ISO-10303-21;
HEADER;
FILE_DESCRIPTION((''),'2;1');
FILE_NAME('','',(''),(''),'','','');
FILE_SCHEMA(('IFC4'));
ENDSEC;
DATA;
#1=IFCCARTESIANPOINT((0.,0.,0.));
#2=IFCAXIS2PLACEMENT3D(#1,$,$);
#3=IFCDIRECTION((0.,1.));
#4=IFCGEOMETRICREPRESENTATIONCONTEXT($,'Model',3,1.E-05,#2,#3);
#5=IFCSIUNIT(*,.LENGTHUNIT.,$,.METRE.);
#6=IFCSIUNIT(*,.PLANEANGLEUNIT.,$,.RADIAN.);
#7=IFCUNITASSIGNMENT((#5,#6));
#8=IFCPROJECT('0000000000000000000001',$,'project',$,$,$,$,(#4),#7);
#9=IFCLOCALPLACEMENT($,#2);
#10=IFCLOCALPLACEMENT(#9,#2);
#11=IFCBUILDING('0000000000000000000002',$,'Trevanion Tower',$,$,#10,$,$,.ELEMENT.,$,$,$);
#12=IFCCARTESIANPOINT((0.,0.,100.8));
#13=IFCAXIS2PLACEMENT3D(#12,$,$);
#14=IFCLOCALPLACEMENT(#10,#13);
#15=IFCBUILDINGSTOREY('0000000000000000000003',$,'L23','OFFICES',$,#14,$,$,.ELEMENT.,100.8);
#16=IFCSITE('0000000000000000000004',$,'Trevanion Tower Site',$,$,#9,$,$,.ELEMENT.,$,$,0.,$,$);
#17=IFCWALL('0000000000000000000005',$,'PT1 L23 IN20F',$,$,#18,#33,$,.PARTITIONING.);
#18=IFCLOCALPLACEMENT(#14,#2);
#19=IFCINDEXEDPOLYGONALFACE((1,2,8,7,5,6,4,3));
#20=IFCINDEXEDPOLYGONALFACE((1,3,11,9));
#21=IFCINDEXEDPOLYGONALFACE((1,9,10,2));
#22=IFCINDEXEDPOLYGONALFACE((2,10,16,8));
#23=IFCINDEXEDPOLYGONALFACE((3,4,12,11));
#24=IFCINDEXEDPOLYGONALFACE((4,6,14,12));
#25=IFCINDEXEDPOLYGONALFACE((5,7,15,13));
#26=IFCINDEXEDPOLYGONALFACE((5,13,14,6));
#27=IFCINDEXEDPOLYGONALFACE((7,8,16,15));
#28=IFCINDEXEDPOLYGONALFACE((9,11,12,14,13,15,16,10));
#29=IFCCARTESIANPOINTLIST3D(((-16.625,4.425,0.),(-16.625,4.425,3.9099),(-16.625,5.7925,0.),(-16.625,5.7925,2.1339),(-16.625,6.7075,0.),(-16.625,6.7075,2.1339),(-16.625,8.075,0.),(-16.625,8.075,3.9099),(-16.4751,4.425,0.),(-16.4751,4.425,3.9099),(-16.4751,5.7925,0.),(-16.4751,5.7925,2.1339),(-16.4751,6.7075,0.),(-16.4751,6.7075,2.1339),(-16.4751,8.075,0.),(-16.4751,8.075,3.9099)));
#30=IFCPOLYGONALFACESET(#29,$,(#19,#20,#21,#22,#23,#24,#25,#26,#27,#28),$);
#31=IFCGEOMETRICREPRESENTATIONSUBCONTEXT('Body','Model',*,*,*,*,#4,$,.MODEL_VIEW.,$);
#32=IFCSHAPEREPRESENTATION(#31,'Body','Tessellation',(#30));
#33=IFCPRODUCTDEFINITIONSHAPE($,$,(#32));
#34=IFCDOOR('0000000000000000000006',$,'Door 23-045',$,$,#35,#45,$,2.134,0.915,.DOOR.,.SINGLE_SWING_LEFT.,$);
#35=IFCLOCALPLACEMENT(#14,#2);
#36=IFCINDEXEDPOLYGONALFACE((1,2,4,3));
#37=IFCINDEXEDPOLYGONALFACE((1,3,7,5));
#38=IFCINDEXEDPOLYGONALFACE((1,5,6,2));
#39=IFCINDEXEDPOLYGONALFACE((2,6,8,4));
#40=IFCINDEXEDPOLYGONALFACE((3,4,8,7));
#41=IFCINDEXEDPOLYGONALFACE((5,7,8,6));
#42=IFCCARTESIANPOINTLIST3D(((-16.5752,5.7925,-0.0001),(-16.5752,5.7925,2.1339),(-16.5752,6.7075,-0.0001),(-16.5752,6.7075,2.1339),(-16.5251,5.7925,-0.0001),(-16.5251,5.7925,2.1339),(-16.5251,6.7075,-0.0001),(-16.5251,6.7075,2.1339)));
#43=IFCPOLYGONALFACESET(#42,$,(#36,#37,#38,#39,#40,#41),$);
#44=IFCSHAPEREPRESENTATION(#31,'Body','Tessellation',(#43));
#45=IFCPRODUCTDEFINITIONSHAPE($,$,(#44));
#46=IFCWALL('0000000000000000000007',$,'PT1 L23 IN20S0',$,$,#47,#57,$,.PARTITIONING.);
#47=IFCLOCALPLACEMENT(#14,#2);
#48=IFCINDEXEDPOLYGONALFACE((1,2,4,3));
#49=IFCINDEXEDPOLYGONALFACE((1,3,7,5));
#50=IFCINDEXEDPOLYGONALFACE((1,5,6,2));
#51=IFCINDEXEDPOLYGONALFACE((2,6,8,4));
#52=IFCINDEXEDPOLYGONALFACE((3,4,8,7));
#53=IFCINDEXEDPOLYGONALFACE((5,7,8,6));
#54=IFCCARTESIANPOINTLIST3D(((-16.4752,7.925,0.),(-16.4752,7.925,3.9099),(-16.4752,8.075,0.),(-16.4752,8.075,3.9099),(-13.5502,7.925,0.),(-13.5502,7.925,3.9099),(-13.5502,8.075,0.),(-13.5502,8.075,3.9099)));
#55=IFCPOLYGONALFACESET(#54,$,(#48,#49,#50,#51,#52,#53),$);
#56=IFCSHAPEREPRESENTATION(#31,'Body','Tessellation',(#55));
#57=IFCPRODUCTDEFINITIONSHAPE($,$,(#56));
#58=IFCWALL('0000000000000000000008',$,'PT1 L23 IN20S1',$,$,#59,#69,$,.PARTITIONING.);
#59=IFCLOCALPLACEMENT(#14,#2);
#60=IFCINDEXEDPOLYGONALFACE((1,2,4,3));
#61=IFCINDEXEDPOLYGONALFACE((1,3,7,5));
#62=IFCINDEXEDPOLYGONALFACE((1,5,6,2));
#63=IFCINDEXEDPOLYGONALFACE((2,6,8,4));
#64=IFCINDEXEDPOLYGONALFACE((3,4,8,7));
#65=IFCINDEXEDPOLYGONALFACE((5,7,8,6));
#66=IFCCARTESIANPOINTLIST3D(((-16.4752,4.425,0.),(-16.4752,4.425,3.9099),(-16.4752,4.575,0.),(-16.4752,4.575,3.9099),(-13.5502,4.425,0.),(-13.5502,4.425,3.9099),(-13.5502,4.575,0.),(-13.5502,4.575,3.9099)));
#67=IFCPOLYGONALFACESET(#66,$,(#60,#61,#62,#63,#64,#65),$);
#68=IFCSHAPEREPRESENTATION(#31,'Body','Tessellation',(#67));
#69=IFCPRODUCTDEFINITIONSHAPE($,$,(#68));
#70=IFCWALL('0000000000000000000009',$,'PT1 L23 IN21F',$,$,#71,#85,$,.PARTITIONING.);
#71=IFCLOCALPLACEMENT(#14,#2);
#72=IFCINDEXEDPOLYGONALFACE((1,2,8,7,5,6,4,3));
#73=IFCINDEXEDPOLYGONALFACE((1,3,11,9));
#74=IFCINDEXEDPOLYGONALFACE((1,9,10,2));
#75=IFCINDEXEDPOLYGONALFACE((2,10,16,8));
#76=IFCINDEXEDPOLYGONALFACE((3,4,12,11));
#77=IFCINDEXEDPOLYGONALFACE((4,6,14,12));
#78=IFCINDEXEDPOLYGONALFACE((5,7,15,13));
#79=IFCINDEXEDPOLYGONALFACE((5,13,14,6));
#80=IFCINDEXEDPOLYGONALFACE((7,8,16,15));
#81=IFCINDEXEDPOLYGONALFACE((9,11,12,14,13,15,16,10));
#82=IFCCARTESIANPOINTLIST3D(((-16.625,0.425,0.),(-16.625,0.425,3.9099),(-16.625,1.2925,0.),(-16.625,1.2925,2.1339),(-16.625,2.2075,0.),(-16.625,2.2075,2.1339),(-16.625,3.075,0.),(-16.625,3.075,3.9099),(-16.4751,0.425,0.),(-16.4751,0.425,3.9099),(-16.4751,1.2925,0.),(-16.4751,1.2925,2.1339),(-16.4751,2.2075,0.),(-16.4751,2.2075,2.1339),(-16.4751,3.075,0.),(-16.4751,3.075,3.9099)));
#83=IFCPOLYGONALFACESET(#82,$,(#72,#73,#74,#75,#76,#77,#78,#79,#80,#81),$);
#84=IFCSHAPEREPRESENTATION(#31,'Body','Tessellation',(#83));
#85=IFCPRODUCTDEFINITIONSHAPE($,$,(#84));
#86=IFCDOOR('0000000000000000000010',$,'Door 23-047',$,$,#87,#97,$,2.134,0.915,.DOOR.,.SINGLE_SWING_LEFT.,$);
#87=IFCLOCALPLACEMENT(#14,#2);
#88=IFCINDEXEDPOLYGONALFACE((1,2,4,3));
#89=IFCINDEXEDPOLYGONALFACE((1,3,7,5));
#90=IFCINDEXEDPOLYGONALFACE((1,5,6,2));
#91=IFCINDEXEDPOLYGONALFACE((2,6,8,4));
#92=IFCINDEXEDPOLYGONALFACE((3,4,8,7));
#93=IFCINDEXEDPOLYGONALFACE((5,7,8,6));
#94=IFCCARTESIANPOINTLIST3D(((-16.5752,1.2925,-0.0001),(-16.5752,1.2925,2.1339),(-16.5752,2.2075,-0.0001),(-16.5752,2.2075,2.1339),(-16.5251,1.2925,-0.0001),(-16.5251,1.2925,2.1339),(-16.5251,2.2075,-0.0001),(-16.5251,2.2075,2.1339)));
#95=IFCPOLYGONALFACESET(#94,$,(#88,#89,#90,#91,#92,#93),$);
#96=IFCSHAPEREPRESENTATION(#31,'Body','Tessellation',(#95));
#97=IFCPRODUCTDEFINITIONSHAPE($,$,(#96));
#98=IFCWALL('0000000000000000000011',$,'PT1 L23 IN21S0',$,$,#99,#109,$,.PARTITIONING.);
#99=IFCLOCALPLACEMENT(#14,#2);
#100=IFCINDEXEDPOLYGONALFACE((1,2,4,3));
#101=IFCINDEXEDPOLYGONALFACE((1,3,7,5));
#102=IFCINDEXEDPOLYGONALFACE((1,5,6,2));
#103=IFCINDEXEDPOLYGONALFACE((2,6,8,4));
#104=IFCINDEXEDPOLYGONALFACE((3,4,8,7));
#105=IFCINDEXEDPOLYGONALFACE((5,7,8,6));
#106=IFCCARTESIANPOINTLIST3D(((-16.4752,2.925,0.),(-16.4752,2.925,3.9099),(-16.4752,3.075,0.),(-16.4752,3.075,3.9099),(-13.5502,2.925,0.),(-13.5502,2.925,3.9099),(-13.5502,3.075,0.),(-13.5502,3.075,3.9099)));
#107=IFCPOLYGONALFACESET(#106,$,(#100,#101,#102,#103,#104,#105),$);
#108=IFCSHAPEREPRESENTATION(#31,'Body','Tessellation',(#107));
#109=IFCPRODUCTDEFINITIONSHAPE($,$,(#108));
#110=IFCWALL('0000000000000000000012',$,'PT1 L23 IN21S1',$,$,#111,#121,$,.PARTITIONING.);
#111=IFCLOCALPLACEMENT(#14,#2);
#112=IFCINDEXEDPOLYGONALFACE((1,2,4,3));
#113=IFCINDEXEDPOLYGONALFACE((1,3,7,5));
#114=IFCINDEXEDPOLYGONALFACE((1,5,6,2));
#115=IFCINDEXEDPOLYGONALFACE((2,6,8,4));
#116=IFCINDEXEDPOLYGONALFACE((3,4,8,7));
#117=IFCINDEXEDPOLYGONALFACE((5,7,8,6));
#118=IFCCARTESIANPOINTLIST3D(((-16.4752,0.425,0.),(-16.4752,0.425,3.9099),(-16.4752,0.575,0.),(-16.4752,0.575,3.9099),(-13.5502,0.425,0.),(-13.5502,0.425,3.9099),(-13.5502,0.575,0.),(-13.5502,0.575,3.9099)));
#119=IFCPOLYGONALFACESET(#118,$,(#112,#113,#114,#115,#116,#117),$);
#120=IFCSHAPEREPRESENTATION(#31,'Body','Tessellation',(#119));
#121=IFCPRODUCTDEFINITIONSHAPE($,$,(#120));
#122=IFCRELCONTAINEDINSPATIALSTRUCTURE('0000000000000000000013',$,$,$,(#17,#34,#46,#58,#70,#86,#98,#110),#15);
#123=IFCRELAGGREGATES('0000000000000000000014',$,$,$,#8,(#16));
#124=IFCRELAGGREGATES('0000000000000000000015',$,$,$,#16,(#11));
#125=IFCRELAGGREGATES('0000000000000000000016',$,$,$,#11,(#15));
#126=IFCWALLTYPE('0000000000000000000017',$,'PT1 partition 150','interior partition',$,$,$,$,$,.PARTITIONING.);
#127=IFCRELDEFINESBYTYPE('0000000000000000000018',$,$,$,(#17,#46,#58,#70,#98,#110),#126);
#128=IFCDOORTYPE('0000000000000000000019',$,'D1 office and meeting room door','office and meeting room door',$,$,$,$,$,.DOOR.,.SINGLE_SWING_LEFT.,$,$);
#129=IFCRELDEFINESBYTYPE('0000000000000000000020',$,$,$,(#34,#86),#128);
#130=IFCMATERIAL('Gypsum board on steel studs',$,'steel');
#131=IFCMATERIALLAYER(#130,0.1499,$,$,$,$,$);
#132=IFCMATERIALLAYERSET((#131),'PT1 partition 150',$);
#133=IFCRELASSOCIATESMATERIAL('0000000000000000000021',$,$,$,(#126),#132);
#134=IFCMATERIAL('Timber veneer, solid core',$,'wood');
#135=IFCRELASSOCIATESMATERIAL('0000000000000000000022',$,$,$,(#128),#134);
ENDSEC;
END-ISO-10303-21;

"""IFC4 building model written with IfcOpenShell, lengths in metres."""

from ifc_helpers import new_model, si_unit, direction, frame, frame_2d, origin, place, context, subcontext, project, spatial, rectangle, extrude, material, layer, layer_set, type_object, element, fill, save


model = new_model("IFC4")

# Units and contexts
model_context = context("Model", 3, precision=1e-05, world=origin(), true_north=direction((0.0, 1.0)))
body_context = subcontext(model_context, "Body", "Model", "MODEL_VIEW")
ifc_project = project(units=[si_unit("LENGTHUNIT", "METRE"), si_unit("PLANEANGLEUNIT", "RADIAN")], contexts=[model_context])

# Site, building, storey
site_placement = place(None, origin())
site = spatial("IfcSite", under=ifc_project, at=site_placement, Name="Trevanion Tower Site", CompositionType="ELEMENT", RefElevation=0.0)
building_placement = place(site_placement, origin())
building = spatial("IfcBuilding", under=site, at=building_placement, Name="Trevanion Tower", CompositionType="ELEMENT")
storey_placement = place(building_placement, frame((0.0, 0.0, 100.8)))
storey = spatial("IfcBuildingStorey", under=building, at=storey_placement, Name="L23", Description="OFFICES", CompositionType="ELEMENT", Elevation=100.8)

# Shared definitions
ifc_material_1 = material(Name="Gypsum board on steel studs", Category="steel")
ifc_layer_1 = layer(ifc_material_1, 0.1499)
ifc_layer_set_1 = layer_set([ifc_layer_1], Name="PT1 partition 150")
wall_type = type_object("IfcWallType", Name="PT1 partition 150", Description="interior partition", PredefinedType="PARTITIONING", material=ifc_layer_set_1)
ifc_material_2 = material(Name="Timber veneer, solid core", Category="wood")
door_type = type_object("IfcDoorType", Name="D1 office and meeting room door", Description="office and meeting room door", OperationType="SINGLE_SWING_LEFT", PredefinedType="DOOR", material=ifc_material_2)

# Wall, opening, door
wall_1_placement = place(storey_placement, frame((-16.55, 8.075, 0.0), z_axis=(0.0, 0.0, 1.0), x_axis=(0.0, -1.0, 0.0)))
wall_1 = element("IfcWall", 1, at=wall_1_placement, inside=storey, type_object=wall_type, Name="PT1 L23 IN20F", PredefinedType="PARTITIONING", context=body_context, shape_type="SweptSolid", body=[
    extrude(rectangle(XDim=3.6499, YDim=0.1499, at=frame_2d((1.825, 0.0))), origin(), (0.0, 0.0, 1.0), 3.9099),
])
opening_1_placement = place(wall_1_placement, frame((1.3674, 0.0, 0.0)))
opening_1 = element("IfcOpeningElement", 2, at=opening_1_placement, cuts=wall_1, PredefinedType="OPENING", context=body_context, shape_type="SweptSolid", body=[
    extrude(rectangle(XDim=0.915, YDim=2.134, at=frame_2d((0.4575, 1.0669))), frame((0.0, 0.085, 0.0), z_axis=(0.0, -1.0, 0.0), x_axis=(1.0, 0.0, 0.0)), (0.0, 0.0, 1.0), 0.1699),
])
door_1_placement = place(opening_1_placement, origin())
door_1 = element("IfcDoor", 3, at=door_1_placement, inside=storey, type_object=door_type, Name="Door 23-045", OperationType="SINGLE_SWING_LEFT", OverallHeight=2.134, OverallWidth=0.915, PredefinedType="DOOR", context=body_context, shape_type="SweptSolid", body=[
    extrude(rectangle(XDim=0.915, YDim=2.134, at=frame_2d((0.4575, 1.0669))), frame((0.0, 0.0249, 0.0), z_axis=(0.0, -1.0, 0.0), x_axis=(1.0, 0.0, 0.0)), (0.0, 0.0, 1.0), 0.05),
])
fill(opening_1, door_1)

# Walls
for number, where, z_axis, x_axis, name in (
    (4, (-16.4751, 8.0, 0.0), (0.0, 0.0, 1.0), (1.0, 0.0, 0.0), "PT1 L23 IN20S0"),
    (5, (-16.4751, 4.5, 0.0), (0.0, 0.0, 1.0), (1.0, 0.0, 0.0), "PT1 L23 IN20S1"),
):
    element("IfcWall", number, at=place(storey_placement, frame(where, z_axis=z_axis, x_axis=x_axis)), inside=storey, type_object=wall_type, Name=name, PredefinedType="PARTITIONING", context=body_context, shape_type="SweptSolid", body=[
        extrude(rectangle(XDim=2.925, YDim=0.1499, at=frame_2d((1.4624, 0.0))), origin(), (0.0, 0.0, 1.0), 3.9099),
    ])

# Wall, opening, door
wall_2_placement = place(storey_placement, frame((-16.55, 3.075, 0.0), z_axis=(0.0, 0.0, 1.0), x_axis=(0.0, -1.0, 0.0)))
wall_2 = element("IfcWall", 6, at=wall_2_placement, inside=storey, type_object=wall_type, Name="PT1 L23 IN21F", PredefinedType="PARTITIONING", context=body_context, shape_type="SweptSolid", body=[
    extrude(rectangle(XDim=2.6499, YDim=0.1499, at=frame_2d((1.325, 0.0))), origin(), (0.0, 0.0, 1.0), 3.9099),
])
opening_2_placement = place(wall_2_placement, frame((0.8674, 0.0, 0.0)))
opening_2 = element("IfcOpeningElement", 7, at=opening_2_placement, cuts=wall_2, PredefinedType="OPENING", context=body_context, shape_type="SweptSolid", body=[
    extrude(rectangle(XDim=0.915, YDim=2.134, at=frame_2d((0.4575, 1.0669))), frame((0.0, 0.085, 0.0), z_axis=(0.0, -1.0, 0.0), x_axis=(1.0, 0.0, 0.0)), (0.0, 0.0, 1.0), 0.1699),
])
door_2_placement = place(opening_2_placement, origin())
door_2 = element("IfcDoor", 8, at=door_2_placement, inside=storey, type_object=door_type, Name="Door 23-047", OperationType="SINGLE_SWING_LEFT", OverallHeight=2.134, OverallWidth=0.915, PredefinedType="DOOR", context=body_context, shape_type="SweptSolid", body=[
    extrude(rectangle(XDim=0.915, YDim=2.134, at=frame_2d((0.4575, 1.0669))), frame((0.0, 0.0249, 0.0), z_axis=(0.0, -1.0, 0.0), x_axis=(1.0, 0.0, 0.0)), (0.0, 0.0, 1.0), 0.05),
])
fill(opening_2, door_2)

# Walls
for number, where, z_axis, x_axis, name in (
    (9, (-16.4751, 3.0, 0.0), (0.0, 0.0, 1.0), (1.0, 0.0, 0.0), "PT1 L23 IN21S0"),
    (10, (-16.4751, 0.5, 0.0), (0.0, 0.0, 1.0), (1.0, 0.0, 0.0), "PT1 L23 IN21S1"),
):
    element("IfcWall", number, at=place(storey_placement, frame(where, z_axis=z_axis, x_axis=x_axis)), inside=storey, type_object=wall_type, Name=name, PredefinedType="PARTITIONING", context=body_context, shape_type="SweptSolid", body=[
        extrude(rectangle(XDim=2.925, YDim=0.1499, at=frame_2d((1.4624, 0.0))), origin(), (0.0, 0.0, 1.0), 3.9099),
    ])

save(model, "model.ifc")
